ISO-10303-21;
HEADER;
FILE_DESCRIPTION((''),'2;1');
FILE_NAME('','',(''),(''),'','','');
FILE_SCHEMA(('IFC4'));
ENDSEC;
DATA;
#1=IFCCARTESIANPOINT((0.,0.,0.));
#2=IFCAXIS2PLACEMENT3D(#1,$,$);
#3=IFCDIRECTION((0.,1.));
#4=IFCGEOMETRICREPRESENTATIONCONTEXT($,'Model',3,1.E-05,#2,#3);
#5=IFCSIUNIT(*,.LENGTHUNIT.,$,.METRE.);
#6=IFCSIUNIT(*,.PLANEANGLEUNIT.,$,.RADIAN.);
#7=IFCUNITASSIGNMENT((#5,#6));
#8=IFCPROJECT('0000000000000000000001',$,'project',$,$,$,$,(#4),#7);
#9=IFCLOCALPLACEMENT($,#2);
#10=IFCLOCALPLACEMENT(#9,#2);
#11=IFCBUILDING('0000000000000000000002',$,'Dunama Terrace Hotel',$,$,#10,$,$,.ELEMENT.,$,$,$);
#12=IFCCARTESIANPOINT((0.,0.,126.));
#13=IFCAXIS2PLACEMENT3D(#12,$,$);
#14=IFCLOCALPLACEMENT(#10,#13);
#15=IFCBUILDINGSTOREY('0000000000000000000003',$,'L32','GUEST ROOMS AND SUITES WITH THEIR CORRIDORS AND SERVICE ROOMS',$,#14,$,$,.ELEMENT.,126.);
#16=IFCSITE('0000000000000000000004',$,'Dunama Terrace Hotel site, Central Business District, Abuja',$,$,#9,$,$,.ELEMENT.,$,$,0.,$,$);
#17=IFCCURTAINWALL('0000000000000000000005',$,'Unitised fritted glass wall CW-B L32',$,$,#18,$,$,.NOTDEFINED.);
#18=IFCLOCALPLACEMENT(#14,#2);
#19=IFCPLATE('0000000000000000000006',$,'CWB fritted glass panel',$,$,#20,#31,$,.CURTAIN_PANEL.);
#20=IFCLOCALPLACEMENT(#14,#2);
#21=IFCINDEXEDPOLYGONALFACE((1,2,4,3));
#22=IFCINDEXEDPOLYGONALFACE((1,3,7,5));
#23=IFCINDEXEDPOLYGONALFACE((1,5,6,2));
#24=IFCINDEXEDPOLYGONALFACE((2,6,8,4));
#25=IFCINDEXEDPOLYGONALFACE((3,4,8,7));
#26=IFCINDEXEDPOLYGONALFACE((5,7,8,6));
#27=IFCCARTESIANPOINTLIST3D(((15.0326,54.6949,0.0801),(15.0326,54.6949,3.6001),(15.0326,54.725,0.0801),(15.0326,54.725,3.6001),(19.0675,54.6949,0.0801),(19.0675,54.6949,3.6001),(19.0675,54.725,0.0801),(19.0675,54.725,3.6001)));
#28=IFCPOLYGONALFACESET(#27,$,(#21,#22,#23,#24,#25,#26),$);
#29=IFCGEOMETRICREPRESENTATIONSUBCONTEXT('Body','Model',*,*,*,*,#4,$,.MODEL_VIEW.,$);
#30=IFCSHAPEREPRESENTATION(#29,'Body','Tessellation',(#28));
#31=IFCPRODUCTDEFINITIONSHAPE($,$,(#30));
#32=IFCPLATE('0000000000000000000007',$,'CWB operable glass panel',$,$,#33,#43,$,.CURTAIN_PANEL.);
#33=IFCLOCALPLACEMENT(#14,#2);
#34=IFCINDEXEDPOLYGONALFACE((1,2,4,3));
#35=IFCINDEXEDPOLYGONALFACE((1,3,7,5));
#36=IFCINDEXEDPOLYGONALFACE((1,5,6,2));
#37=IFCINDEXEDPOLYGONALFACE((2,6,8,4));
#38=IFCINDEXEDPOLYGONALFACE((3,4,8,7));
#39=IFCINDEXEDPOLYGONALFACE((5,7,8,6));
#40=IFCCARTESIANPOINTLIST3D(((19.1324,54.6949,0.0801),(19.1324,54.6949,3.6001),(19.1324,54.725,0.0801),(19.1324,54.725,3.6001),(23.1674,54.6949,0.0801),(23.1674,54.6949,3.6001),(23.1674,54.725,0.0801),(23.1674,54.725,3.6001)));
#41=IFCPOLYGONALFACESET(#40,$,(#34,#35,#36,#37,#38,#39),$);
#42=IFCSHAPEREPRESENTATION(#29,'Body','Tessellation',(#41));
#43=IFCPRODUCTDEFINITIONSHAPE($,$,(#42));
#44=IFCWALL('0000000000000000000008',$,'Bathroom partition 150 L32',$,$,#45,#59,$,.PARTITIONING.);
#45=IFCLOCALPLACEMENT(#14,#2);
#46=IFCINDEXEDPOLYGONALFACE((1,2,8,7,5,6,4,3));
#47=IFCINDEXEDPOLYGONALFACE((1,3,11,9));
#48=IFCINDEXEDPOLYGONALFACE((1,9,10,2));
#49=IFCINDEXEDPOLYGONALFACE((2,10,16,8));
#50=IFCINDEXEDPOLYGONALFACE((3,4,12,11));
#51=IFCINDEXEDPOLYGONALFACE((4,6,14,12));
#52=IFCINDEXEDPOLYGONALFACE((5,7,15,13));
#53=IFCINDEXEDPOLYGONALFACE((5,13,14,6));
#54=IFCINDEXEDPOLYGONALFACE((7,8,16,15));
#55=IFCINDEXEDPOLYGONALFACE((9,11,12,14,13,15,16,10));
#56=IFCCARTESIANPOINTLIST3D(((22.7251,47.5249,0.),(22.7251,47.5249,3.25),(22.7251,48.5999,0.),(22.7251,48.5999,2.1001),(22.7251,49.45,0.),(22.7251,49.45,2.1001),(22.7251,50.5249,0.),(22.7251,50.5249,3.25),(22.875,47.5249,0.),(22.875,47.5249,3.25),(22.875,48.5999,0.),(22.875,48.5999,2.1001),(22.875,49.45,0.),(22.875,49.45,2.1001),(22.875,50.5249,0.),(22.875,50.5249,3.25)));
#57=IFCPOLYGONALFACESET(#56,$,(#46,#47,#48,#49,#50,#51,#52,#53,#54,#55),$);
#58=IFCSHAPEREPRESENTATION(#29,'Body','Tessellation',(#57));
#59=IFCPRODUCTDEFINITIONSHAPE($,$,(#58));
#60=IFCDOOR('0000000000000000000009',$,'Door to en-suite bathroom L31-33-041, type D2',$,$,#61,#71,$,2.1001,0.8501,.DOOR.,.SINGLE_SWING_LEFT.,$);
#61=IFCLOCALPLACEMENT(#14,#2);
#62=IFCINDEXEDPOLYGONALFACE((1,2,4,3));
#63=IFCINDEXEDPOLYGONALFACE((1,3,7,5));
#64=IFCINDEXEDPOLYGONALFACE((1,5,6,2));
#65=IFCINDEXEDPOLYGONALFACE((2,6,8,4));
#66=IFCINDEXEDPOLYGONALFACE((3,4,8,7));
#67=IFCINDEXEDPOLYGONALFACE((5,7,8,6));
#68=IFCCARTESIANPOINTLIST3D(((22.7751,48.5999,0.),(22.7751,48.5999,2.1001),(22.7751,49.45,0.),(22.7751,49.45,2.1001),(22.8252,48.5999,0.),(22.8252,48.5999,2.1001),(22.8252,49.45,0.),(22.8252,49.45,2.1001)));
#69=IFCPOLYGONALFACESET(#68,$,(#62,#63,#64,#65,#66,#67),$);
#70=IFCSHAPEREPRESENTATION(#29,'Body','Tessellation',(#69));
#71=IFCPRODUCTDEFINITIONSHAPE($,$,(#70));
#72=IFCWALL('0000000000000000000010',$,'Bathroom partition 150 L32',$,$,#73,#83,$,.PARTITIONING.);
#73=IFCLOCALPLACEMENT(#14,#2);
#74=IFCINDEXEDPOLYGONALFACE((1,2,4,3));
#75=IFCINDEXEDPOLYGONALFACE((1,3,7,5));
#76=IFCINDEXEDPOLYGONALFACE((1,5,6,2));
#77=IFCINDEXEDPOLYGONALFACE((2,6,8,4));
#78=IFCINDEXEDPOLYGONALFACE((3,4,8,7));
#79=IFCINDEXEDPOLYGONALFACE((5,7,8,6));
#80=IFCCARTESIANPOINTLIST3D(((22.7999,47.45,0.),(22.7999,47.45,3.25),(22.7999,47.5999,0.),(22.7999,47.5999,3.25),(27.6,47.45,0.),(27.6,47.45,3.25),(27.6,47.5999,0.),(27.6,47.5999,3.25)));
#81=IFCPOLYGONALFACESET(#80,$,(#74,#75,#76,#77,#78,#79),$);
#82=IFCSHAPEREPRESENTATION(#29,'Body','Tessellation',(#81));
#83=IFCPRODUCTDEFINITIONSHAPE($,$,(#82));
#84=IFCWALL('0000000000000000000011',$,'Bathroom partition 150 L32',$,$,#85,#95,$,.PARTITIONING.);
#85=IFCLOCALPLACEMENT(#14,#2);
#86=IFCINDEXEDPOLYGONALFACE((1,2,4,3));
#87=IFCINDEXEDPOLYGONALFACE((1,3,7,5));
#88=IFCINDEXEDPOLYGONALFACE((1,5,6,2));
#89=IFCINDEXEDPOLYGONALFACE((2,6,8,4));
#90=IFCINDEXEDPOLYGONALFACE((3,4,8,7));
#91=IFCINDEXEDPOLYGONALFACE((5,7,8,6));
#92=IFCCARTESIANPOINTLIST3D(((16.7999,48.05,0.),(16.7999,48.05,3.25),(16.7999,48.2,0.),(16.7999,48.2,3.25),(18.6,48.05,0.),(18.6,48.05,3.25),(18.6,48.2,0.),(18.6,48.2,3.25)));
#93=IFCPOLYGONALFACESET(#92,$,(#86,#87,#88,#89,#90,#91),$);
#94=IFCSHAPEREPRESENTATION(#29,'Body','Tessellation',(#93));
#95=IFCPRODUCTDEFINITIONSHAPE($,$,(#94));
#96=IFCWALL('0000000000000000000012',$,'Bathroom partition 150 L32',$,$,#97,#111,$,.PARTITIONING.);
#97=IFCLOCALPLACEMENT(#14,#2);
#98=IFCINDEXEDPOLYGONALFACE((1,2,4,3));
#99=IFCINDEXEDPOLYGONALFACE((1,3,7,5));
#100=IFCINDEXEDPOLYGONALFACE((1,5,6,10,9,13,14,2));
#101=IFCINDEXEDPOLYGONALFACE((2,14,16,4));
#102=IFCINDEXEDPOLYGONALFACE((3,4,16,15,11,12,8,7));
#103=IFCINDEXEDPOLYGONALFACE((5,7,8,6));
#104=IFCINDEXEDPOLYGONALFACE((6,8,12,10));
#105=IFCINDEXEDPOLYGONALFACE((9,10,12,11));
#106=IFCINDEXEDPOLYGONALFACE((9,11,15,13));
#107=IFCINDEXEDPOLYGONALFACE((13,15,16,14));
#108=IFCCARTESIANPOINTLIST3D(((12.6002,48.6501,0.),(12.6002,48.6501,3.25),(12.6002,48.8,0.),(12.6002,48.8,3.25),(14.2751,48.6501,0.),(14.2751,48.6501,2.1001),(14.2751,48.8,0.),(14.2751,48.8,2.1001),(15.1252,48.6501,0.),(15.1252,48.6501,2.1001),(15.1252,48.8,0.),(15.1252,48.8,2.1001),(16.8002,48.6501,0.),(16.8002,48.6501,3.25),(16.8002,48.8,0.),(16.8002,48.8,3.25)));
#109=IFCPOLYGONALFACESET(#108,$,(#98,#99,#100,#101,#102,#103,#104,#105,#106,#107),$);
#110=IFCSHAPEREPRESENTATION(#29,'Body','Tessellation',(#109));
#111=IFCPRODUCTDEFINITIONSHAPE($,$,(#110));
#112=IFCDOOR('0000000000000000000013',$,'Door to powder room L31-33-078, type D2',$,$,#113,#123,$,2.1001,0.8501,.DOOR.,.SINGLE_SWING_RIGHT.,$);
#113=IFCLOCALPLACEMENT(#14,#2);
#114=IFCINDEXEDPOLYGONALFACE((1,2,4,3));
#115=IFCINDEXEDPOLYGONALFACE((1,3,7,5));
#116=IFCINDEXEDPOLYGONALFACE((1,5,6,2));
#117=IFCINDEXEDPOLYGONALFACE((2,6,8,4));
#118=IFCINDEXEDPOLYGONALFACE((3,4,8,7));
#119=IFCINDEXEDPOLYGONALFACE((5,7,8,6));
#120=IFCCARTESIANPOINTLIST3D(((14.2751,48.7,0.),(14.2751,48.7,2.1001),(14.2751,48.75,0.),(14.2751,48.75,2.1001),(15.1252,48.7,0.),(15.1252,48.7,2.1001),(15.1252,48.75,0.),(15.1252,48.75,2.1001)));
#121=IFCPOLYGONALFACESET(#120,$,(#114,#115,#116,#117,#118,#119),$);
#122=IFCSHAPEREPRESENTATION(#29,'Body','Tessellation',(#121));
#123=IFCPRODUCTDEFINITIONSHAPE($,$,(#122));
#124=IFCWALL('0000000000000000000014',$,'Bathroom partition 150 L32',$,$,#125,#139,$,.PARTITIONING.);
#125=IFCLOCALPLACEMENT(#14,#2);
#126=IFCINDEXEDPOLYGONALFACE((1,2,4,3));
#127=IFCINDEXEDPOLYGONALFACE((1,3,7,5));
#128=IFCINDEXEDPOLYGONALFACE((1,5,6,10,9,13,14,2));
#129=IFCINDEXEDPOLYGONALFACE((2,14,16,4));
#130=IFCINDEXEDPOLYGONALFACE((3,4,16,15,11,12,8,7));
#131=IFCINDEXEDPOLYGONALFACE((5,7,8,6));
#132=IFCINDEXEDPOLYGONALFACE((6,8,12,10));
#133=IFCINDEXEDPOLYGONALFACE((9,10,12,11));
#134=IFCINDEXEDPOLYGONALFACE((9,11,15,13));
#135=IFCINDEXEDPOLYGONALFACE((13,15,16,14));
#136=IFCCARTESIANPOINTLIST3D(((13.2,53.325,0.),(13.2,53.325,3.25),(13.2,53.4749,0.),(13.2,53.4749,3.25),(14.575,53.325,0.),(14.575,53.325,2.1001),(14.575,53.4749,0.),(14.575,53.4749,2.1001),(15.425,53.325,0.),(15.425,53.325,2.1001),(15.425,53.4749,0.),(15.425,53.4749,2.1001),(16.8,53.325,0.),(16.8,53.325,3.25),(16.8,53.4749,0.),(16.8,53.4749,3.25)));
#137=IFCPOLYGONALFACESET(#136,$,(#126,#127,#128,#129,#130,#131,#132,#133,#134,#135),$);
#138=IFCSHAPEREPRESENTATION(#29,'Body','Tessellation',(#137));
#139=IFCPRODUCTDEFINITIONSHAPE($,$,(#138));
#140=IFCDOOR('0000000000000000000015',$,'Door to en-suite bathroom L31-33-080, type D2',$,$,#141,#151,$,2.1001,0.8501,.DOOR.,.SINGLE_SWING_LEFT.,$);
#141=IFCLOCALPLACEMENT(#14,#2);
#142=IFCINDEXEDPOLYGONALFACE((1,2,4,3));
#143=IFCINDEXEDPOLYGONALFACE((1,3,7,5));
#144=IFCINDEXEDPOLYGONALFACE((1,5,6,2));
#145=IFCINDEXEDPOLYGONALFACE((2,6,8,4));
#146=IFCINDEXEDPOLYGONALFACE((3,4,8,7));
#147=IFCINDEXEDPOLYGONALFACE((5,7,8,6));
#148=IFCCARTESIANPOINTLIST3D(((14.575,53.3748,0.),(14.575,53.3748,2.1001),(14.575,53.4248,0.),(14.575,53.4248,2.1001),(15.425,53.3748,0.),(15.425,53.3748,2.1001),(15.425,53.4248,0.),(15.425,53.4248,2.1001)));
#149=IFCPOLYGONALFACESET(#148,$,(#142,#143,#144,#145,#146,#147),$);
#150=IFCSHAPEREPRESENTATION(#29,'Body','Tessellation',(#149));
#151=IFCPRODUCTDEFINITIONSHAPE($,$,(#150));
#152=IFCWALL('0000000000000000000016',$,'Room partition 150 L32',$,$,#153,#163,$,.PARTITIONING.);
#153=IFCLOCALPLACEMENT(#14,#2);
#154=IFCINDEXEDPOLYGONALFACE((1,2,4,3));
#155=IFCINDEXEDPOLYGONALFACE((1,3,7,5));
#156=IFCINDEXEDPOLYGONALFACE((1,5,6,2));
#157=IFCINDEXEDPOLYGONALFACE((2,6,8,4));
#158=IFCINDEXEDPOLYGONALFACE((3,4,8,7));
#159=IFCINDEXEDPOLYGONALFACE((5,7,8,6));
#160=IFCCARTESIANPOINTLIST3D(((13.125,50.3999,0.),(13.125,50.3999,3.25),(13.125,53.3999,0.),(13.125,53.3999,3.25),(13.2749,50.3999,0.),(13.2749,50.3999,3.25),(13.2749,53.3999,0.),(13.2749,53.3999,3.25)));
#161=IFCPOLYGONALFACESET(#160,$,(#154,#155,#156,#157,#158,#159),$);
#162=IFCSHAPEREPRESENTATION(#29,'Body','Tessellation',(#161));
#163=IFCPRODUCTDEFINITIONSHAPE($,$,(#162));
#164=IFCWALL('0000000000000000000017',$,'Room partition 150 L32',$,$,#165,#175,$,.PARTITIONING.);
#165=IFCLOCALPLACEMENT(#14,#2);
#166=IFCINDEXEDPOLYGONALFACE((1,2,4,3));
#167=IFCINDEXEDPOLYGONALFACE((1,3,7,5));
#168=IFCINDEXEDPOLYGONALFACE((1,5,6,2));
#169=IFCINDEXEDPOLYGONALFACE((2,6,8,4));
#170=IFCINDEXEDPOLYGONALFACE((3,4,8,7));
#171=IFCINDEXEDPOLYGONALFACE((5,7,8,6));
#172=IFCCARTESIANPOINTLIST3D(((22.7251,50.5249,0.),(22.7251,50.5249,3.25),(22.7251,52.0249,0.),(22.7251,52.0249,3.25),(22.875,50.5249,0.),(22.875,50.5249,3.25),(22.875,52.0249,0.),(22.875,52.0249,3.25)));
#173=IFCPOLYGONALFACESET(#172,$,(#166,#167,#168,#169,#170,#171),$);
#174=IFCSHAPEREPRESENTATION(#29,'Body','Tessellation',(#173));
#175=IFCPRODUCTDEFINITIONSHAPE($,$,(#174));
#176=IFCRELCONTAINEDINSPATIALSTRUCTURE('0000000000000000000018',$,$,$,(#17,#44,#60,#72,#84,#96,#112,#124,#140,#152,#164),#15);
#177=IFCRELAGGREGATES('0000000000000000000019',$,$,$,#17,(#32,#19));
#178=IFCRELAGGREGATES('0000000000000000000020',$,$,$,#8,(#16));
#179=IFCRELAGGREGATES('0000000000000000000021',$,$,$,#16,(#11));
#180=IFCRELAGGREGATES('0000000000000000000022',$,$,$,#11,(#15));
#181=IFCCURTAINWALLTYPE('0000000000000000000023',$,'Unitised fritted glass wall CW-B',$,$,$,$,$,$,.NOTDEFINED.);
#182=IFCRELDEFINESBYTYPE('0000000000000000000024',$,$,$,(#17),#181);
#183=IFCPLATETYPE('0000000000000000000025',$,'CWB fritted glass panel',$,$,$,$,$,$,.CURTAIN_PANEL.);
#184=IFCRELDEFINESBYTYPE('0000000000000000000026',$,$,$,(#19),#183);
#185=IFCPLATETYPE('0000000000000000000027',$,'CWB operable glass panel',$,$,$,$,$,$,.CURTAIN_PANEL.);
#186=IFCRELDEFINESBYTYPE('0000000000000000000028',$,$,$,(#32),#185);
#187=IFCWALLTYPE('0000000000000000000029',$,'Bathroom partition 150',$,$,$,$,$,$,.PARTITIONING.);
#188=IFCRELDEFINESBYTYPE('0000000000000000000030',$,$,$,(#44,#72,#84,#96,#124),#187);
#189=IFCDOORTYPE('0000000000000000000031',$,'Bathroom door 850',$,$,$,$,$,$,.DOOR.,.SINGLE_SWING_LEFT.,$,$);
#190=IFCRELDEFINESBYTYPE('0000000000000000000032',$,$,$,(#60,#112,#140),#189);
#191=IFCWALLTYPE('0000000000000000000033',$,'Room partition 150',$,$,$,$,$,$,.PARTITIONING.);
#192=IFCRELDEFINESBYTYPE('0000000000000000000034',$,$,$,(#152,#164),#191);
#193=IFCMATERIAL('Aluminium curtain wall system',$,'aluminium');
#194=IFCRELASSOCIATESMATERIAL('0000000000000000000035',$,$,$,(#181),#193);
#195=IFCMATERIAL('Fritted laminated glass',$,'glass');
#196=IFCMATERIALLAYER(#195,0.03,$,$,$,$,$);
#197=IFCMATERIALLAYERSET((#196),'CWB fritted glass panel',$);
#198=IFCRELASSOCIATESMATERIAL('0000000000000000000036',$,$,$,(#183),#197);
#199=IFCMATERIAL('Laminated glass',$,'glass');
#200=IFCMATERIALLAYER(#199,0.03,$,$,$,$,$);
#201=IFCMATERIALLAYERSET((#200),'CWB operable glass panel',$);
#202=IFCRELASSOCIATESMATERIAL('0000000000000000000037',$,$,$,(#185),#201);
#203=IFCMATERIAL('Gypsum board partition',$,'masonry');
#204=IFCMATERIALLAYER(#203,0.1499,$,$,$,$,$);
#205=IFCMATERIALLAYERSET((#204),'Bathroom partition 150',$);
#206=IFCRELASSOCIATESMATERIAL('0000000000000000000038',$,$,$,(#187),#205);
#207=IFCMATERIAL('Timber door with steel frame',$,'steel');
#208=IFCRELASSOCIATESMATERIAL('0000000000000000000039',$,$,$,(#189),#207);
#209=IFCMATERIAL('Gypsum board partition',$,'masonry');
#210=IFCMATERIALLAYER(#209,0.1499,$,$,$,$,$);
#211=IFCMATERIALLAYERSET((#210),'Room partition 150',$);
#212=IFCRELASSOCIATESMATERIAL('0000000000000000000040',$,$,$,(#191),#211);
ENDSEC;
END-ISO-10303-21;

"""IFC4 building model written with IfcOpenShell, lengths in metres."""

from ifc_helpers import new_model, si_unit, direction, frame, frame_2d, origin, origin_2d, place, context, subcontext, project, spatial, rectangle, extrude, material, layer, layer_set, type_object, element, fill, aggregate, save


model = new_model("IFC4")

# Units and contexts
model_context = context("Model", 3, precision=1e-05, world=origin(), true_north=direction((0.0, 1.0)))
body_context = subcontext(model_context, "Body", "Model", "MODEL_VIEW")
ifc_project = project(units=[si_unit("LENGTHUNIT", "METRE"), si_unit("PLANEANGLEUNIT", "RADIAN")], contexts=[model_context])

# Site, building, storey
site_placement = place(None, origin())
site = spatial("IfcSite", under=ifc_project, at=site_placement, Name="Dunama Terrace Hotel site, Central Business District, Abuja", CompositionType="ELEMENT", RefElevation=0.0)
building_placement = place(site_placement, origin())
building = spatial("IfcBuilding", under=site, at=building_placement, Name="Dunama Terrace Hotel", CompositionType="ELEMENT")
storey_placement = place(building_placement, frame((0.0, 0.0, 126.0)))
storey = spatial("IfcBuildingStorey", under=building, at=storey_placement, Name="L32", Description="GUEST ROOMS AND SUITES WITH THEIR CORRIDORS AND SERVICE ROOMS", CompositionType="ELEMENT", Elevation=126.0)

# Curtain wall
ifc_material_1 = material(Name="Aluminium curtain wall system", Category="aluminium")
curtain_wall_type = type_object("IfcCurtainWallType", Name="Unitised fritted glass wall CW-B", PredefinedType="NOTDEFINED", material=ifc_material_1)
curtain_wall_placement = place(storey_placement, origin())
curtain_wall = element("IfcCurtainWall", 1, at=curtain_wall_placement, inside=storey, type_object=curtain_wall_type, Name="Unitised fritted glass wall CW-B L32", PredefinedType="NOTDEFINED")

# Plates
ifc_material_2 = material(Name="Fritted laminated glass", Category="glass")
ifc_layer_1 = layer(ifc_material_2, 0.03)
ifc_layer_set_1 = layer_set([ifc_layer_1], Name="CWB fritted glass panel")
plate_type_1 = type_object("IfcPlateType", Name="CWB fritted glass panel", PredefinedType="CURTAIN_PANEL", material=ifc_layer_set_1)
plate_1_placement = place(storey_placement, frame((17.05, 54.71, 0.0801), z_axis=(0.0, 0.0, 1.0), x_axis=(-1.0, 0.0, 0.0)))
plate_1 = element("IfcPlate", 2, at=plate_1_placement, type_object=plate_type_1, Name="CWB fritted glass panel", PredefinedType="CURTAIN_PANEL", context=body_context, shape_type="SweptSolid", body=[
    extrude(rectangle(XDim=4.0349, YDim=0.03, at=origin_2d()), origin(), (0.0, 0.0, 1.0), 3.52),
])
ifc_material_3 = material(Name="Laminated glass", Category="glass")
ifc_layer_2 = layer(ifc_material_3, 0.03)
ifc_layer_set_2 = layer_set([ifc_layer_2], Name="CWB operable glass panel")
plate_type_2 = type_object("IfcPlateType", Name="CWB operable glass panel", PredefinedType="CURTAIN_PANEL", material=ifc_layer_set_2)
plate_2_placement = place(storey_placement, frame((21.1499, 54.71, 0.0801), z_axis=(0.0, 0.0, 1.0), x_axis=(-1.0, 0.0, 0.0)))
plate_2 = element("IfcPlate", 3, at=plate_2_placement, type_object=plate_type_2, Name="CWB operable glass panel", PredefinedType="CURTAIN_PANEL", context=body_context, shape_type="SweptSolid", body=[
    extrude(rectangle(XDim=4.0349, YDim=0.03, at=origin_2d()), origin(), (0.0, 0.0, 1.0), 3.52),
])
aggregate(curtain_wall, [plate_2, plate_1])

# Wall, opening, door
ifc_material_4 = material(Name="Gypsum board partition", Category="masonry")
ifc_layer_3 = layer(ifc_material_4, 0.1499)
ifc_layer_set_3 = layer_set([ifc_layer_3], Name="Bathroom partition 150")
wall_type_1 = type_object("IfcWallType", Name="Bathroom partition 150", PredefinedType="PARTITIONING", material=ifc_layer_set_3)
wall_1_placement = place(storey_placement, frame((22.8, 47.5249, 0.0), z_axis=(0.0, 0.0, 1.0), x_axis=(0.0, 1.0, 0.0)))
wall_1 = element("IfcWall", 4, at=wall_1_placement, inside=storey, type_object=wall_type_1, Name="Bathroom partition 150 L32", PredefinedType="PARTITIONING", context=body_context, shape_type="SweptSolid", body=[
    extrude(rectangle(XDim=3.0, YDim=0.1499, at=frame_2d((1.5, 0.0))), origin(), (0.0, 0.0, 1.0), 3.25),
])
opening_1_placement = place(wall_1_placement, frame((1.075, 0.0, 0.0)))
opening_1 = element("IfcOpeningElement", 5, at=opening_1_placement, cuts=wall_1, PredefinedType="OPENING", context=body_context, shape_type="SweptSolid", body=[
    extrude(rectangle(XDim=0.8501, YDim=2.1001, at=frame_2d((0.425, 1.05))), frame((0.0, 0.085, 0.0), z_axis=(0.0, -1.0, 0.0), x_axis=(1.0, 0.0, 0.0)), (0.0, 0.0, 1.0), 0.1699),
])
ifc_material_5 = material(Name="Timber door with steel frame", Category="steel")
door_type_1 = type_object("IfcDoorType", Name="Bathroom door 850", OperationType="SINGLE_SWING_LEFT", PredefinedType="DOOR", material=ifc_material_5)
door_1_placement = place(opening_1_placement, frame((0.8501, 0.0, 0.0), z_axis=(0.0, 0.0, 1.0), x_axis=(-1.0, 0.0, 0.0)))
door_1 = element("IfcDoor", 6, at=door_1_placement, inside=storey, type_object=door_type_1, Name="Door to en-suite bathroom L31-33-041, type D2", OperationType="SINGLE_SWING_LEFT", OverallHeight=2.1001, OverallWidth=0.8501, PredefinedType="DOOR", context=body_context, shape_type="SweptSolid", body=[
    extrude(rectangle(XDim=0.8501, YDim=2.1001, at=frame_2d((0.425, 1.05))), frame((0.0, 0.0251, 0.0), z_axis=(0.0, -1.0, 0.0), x_axis=(1.0, 0.0, 0.0)), (0.0, 0.0, 1.0), 0.05),
])
fill(opening_1, door_1)

# Walls
wall_2_placement = place(storey_placement, frame((22.8, 47.5249, 0.0), z_axis=(0.0, 0.0, 1.0), x_axis=(1.0, 0.0, 0.0)))
element("IfcWall", 7, at=wall_2_placement, inside=storey, type_object=wall_type_1, Name="Bathroom partition 150 L32", PredefinedType="PARTITIONING", context=body_context, shape_type="SweptSolid", body=[
    extrude(rectangle(XDim=4.8, YDim=0.1499, at=frame_2d((2.3999, 0.0))), origin(), (0.0, 0.0, 1.0), 3.25),
])
wall_3_placement = place(storey_placement, frame((16.8, 48.125, 0.0), z_axis=(0.0, 0.0, 1.0), x_axis=(1.0, 0.0, 0.0)))
element("IfcWall", 8, at=wall_3_placement, inside=storey, type_object=wall_type_1, Name="Bathroom partition 150 L32", PredefinedType="PARTITIONING", context=body_context, shape_type="SweptSolid", body=[
    extrude(rectangle(XDim=1.8, YDim=0.1499, at=frame_2d((0.8999, 0.0))), origin(), (0.0, 0.0, 1.0), 3.25),
])

# Walls, openings, doors
wall_4_placement = place(storey_placement, frame((12.6001, 48.7251, 0.0), z_axis=(0.0, 0.0, 1.0), x_axis=(1.0, 0.0, 0.0)))
wall_4 = element("IfcWall", 9, at=wall_4_placement, inside=storey, type_object=wall_type_1, Name="Bathroom partition 150 L32", PredefinedType="PARTITIONING", context=body_context, shape_type="SweptSolid", body=[
    extrude(rectangle(XDim=4.2, YDim=0.1499, at=frame_2d((2.1001, 0.0))), origin(), (0.0, 0.0, 1.0), 3.25),
])
opening_2_placement = place(wall_4_placement, frame((1.675, 0.0, 0.0)))
opening_2 = element("IfcOpeningElement", 10, at=opening_2_placement, cuts=wall_4, PredefinedType="OPENING", context=body_context, shape_type="SweptSolid", body=[
    extrude(rectangle(XDim=0.8501, YDim=2.1001, at=frame_2d((0.425, 1.05))), frame((0.0, 0.085, 0.0), z_axis=(0.0, -1.0, 0.0), x_axis=(1.0, 0.0, 0.0)), (0.0, 0.0, 1.0), 0.1699),
])
door_2_placement = place(opening_2_placement, frame((0.8501, 0.0, 0.0), z_axis=(0.0, 0.0, 1.0), x_axis=(-1.0, 0.0, 0.0)))
door_2 = element("IfcDoor", 11, at=door_2_placement, inside=storey, type_object=door_type_1, Name="Door to powder room L31-33-078, type D2", OperationType="SINGLE_SWING_RIGHT", OverallHeight=2.1001, OverallWidth=0.8501, PredefinedType="DOOR", context=body_context, shape_type="SweptSolid", body=[
    extrude(rectangle(XDim=0.8501, YDim=2.1001, at=frame_2d((0.425, 1.05))), frame((0.0, 0.0251, 0.0), z_axis=(0.0, -1.0, 0.0), x_axis=(1.0, 0.0, 0.0)), (0.0, 0.0, 1.0), 0.05),
])
fill(opening_2, door_2)
wall_5_placement = place(storey_placement, frame((13.2, 53.3999, 0.0), z_axis=(0.0, 0.0, 1.0), x_axis=(1.0, 0.0, 0.0)))
wall_5 = element("IfcWall", 12, at=wall_5_placement, inside=storey, type_object=wall_type_1, Name="Bathroom partition 150 L32", PredefinedType="PARTITIONING", context=body_context, shape_type="SweptSolid", body=[
    extrude(rectangle(XDim=3.6001, YDim=0.1499, at=frame_2d((1.8, 0.0))), origin(), (0.0, 0.0, 1.0), 3.25),
])
opening_3_placement = place(wall_5_placement, frame((1.375, 0.0, 0.0)))
opening_3 = element("IfcOpeningElement", 13, at=opening_3_placement, cuts=wall_5, PredefinedType="OPENING", context=body_context, shape_type="SweptSolid", body=[
    extrude(rectangle(XDim=0.8501, YDim=2.1001, at=frame_2d((0.425, 1.05))), frame((0.0, 0.085, 0.0), z_axis=(0.0, -1.0, 0.0), x_axis=(1.0, 0.0, 0.0)), (0.0, 0.0, 1.0), 0.1699),
])
door_3_placement = place(opening_3_placement, frame((0.8501, 0.0, 0.0), z_axis=(0.0, 0.0, 1.0), x_axis=(-1.0, 0.0, 0.0)))
door_3 = element("IfcDoor", 14, at=door_3_placement, inside=storey, type_object=door_type_1, Name="Door to en-suite bathroom L31-33-080, type D2", OperationType="SINGLE_SWING_LEFT", OverallHeight=2.1001, OverallWidth=0.8501, PredefinedType="DOOR", context=body_context, shape_type="SweptSolid", body=[
    extrude(rectangle(XDim=0.8501, YDim=2.1001, at=frame_2d((0.425, 1.05))), frame((0.0, 0.0251, 0.0), z_axis=(0.0, -1.0, 0.0), x_axis=(1.0, 0.0, 0.0)), (0.0, 0.0, 1.0), 0.05),
])
fill(opening_3, door_3)

# Walls
ifc_material_6 = material(Name="Gypsum board partition", Category="masonry")
ifc_layer_4 = layer(ifc_material_6, 0.1499)
ifc_layer_set_4 = layer_set([ifc_layer_4], Name="Room partition 150")
wall_type_2 = type_object("IfcWallType", Name="Room partition 150", PredefinedType="PARTITIONING", material=ifc_layer_set_4)
wall_6_placement = place(storey_placement, frame((13.2, 50.3999, 0.0), z_axis=(0.0, 0.0, 1.0), x_axis=(0.0, 1.0, 0.0)))
element("IfcWall", 15, at=wall_6_placement, inside=storey, type_object=wall_type_2, Name="Room partition 150 L32", PredefinedType="PARTITIONING", context=body_context, shape_type="SweptSolid", body=[
    extrude(rectangle(XDim=3.0, YDim=0.1499, at=frame_2d((1.5, 0.0))), origin(), (0.0, 0.0, 1.0), 3.25),
])
wall_7_placement = place(storey_placement, frame((22.8, 50.5249, 0.0), z_axis=(0.0, 0.0, 1.0), x_axis=(0.0, 1.0, 0.0)))
element("IfcWall", 16, at=wall_7_placement, inside=storey, type_object=wall_type_2, Name="Room partition 150 L32", PredefinedType="PARTITIONING", context=body_context, shape_type="SweptSolid", body=[
    extrude(rectangle(XDim=1.5, YDim=0.1499, at=frame_2d((0.75, 0.0))), origin(), (0.0, 0.0, 1.0), 3.25),
])

save(model, "model.ifc")
